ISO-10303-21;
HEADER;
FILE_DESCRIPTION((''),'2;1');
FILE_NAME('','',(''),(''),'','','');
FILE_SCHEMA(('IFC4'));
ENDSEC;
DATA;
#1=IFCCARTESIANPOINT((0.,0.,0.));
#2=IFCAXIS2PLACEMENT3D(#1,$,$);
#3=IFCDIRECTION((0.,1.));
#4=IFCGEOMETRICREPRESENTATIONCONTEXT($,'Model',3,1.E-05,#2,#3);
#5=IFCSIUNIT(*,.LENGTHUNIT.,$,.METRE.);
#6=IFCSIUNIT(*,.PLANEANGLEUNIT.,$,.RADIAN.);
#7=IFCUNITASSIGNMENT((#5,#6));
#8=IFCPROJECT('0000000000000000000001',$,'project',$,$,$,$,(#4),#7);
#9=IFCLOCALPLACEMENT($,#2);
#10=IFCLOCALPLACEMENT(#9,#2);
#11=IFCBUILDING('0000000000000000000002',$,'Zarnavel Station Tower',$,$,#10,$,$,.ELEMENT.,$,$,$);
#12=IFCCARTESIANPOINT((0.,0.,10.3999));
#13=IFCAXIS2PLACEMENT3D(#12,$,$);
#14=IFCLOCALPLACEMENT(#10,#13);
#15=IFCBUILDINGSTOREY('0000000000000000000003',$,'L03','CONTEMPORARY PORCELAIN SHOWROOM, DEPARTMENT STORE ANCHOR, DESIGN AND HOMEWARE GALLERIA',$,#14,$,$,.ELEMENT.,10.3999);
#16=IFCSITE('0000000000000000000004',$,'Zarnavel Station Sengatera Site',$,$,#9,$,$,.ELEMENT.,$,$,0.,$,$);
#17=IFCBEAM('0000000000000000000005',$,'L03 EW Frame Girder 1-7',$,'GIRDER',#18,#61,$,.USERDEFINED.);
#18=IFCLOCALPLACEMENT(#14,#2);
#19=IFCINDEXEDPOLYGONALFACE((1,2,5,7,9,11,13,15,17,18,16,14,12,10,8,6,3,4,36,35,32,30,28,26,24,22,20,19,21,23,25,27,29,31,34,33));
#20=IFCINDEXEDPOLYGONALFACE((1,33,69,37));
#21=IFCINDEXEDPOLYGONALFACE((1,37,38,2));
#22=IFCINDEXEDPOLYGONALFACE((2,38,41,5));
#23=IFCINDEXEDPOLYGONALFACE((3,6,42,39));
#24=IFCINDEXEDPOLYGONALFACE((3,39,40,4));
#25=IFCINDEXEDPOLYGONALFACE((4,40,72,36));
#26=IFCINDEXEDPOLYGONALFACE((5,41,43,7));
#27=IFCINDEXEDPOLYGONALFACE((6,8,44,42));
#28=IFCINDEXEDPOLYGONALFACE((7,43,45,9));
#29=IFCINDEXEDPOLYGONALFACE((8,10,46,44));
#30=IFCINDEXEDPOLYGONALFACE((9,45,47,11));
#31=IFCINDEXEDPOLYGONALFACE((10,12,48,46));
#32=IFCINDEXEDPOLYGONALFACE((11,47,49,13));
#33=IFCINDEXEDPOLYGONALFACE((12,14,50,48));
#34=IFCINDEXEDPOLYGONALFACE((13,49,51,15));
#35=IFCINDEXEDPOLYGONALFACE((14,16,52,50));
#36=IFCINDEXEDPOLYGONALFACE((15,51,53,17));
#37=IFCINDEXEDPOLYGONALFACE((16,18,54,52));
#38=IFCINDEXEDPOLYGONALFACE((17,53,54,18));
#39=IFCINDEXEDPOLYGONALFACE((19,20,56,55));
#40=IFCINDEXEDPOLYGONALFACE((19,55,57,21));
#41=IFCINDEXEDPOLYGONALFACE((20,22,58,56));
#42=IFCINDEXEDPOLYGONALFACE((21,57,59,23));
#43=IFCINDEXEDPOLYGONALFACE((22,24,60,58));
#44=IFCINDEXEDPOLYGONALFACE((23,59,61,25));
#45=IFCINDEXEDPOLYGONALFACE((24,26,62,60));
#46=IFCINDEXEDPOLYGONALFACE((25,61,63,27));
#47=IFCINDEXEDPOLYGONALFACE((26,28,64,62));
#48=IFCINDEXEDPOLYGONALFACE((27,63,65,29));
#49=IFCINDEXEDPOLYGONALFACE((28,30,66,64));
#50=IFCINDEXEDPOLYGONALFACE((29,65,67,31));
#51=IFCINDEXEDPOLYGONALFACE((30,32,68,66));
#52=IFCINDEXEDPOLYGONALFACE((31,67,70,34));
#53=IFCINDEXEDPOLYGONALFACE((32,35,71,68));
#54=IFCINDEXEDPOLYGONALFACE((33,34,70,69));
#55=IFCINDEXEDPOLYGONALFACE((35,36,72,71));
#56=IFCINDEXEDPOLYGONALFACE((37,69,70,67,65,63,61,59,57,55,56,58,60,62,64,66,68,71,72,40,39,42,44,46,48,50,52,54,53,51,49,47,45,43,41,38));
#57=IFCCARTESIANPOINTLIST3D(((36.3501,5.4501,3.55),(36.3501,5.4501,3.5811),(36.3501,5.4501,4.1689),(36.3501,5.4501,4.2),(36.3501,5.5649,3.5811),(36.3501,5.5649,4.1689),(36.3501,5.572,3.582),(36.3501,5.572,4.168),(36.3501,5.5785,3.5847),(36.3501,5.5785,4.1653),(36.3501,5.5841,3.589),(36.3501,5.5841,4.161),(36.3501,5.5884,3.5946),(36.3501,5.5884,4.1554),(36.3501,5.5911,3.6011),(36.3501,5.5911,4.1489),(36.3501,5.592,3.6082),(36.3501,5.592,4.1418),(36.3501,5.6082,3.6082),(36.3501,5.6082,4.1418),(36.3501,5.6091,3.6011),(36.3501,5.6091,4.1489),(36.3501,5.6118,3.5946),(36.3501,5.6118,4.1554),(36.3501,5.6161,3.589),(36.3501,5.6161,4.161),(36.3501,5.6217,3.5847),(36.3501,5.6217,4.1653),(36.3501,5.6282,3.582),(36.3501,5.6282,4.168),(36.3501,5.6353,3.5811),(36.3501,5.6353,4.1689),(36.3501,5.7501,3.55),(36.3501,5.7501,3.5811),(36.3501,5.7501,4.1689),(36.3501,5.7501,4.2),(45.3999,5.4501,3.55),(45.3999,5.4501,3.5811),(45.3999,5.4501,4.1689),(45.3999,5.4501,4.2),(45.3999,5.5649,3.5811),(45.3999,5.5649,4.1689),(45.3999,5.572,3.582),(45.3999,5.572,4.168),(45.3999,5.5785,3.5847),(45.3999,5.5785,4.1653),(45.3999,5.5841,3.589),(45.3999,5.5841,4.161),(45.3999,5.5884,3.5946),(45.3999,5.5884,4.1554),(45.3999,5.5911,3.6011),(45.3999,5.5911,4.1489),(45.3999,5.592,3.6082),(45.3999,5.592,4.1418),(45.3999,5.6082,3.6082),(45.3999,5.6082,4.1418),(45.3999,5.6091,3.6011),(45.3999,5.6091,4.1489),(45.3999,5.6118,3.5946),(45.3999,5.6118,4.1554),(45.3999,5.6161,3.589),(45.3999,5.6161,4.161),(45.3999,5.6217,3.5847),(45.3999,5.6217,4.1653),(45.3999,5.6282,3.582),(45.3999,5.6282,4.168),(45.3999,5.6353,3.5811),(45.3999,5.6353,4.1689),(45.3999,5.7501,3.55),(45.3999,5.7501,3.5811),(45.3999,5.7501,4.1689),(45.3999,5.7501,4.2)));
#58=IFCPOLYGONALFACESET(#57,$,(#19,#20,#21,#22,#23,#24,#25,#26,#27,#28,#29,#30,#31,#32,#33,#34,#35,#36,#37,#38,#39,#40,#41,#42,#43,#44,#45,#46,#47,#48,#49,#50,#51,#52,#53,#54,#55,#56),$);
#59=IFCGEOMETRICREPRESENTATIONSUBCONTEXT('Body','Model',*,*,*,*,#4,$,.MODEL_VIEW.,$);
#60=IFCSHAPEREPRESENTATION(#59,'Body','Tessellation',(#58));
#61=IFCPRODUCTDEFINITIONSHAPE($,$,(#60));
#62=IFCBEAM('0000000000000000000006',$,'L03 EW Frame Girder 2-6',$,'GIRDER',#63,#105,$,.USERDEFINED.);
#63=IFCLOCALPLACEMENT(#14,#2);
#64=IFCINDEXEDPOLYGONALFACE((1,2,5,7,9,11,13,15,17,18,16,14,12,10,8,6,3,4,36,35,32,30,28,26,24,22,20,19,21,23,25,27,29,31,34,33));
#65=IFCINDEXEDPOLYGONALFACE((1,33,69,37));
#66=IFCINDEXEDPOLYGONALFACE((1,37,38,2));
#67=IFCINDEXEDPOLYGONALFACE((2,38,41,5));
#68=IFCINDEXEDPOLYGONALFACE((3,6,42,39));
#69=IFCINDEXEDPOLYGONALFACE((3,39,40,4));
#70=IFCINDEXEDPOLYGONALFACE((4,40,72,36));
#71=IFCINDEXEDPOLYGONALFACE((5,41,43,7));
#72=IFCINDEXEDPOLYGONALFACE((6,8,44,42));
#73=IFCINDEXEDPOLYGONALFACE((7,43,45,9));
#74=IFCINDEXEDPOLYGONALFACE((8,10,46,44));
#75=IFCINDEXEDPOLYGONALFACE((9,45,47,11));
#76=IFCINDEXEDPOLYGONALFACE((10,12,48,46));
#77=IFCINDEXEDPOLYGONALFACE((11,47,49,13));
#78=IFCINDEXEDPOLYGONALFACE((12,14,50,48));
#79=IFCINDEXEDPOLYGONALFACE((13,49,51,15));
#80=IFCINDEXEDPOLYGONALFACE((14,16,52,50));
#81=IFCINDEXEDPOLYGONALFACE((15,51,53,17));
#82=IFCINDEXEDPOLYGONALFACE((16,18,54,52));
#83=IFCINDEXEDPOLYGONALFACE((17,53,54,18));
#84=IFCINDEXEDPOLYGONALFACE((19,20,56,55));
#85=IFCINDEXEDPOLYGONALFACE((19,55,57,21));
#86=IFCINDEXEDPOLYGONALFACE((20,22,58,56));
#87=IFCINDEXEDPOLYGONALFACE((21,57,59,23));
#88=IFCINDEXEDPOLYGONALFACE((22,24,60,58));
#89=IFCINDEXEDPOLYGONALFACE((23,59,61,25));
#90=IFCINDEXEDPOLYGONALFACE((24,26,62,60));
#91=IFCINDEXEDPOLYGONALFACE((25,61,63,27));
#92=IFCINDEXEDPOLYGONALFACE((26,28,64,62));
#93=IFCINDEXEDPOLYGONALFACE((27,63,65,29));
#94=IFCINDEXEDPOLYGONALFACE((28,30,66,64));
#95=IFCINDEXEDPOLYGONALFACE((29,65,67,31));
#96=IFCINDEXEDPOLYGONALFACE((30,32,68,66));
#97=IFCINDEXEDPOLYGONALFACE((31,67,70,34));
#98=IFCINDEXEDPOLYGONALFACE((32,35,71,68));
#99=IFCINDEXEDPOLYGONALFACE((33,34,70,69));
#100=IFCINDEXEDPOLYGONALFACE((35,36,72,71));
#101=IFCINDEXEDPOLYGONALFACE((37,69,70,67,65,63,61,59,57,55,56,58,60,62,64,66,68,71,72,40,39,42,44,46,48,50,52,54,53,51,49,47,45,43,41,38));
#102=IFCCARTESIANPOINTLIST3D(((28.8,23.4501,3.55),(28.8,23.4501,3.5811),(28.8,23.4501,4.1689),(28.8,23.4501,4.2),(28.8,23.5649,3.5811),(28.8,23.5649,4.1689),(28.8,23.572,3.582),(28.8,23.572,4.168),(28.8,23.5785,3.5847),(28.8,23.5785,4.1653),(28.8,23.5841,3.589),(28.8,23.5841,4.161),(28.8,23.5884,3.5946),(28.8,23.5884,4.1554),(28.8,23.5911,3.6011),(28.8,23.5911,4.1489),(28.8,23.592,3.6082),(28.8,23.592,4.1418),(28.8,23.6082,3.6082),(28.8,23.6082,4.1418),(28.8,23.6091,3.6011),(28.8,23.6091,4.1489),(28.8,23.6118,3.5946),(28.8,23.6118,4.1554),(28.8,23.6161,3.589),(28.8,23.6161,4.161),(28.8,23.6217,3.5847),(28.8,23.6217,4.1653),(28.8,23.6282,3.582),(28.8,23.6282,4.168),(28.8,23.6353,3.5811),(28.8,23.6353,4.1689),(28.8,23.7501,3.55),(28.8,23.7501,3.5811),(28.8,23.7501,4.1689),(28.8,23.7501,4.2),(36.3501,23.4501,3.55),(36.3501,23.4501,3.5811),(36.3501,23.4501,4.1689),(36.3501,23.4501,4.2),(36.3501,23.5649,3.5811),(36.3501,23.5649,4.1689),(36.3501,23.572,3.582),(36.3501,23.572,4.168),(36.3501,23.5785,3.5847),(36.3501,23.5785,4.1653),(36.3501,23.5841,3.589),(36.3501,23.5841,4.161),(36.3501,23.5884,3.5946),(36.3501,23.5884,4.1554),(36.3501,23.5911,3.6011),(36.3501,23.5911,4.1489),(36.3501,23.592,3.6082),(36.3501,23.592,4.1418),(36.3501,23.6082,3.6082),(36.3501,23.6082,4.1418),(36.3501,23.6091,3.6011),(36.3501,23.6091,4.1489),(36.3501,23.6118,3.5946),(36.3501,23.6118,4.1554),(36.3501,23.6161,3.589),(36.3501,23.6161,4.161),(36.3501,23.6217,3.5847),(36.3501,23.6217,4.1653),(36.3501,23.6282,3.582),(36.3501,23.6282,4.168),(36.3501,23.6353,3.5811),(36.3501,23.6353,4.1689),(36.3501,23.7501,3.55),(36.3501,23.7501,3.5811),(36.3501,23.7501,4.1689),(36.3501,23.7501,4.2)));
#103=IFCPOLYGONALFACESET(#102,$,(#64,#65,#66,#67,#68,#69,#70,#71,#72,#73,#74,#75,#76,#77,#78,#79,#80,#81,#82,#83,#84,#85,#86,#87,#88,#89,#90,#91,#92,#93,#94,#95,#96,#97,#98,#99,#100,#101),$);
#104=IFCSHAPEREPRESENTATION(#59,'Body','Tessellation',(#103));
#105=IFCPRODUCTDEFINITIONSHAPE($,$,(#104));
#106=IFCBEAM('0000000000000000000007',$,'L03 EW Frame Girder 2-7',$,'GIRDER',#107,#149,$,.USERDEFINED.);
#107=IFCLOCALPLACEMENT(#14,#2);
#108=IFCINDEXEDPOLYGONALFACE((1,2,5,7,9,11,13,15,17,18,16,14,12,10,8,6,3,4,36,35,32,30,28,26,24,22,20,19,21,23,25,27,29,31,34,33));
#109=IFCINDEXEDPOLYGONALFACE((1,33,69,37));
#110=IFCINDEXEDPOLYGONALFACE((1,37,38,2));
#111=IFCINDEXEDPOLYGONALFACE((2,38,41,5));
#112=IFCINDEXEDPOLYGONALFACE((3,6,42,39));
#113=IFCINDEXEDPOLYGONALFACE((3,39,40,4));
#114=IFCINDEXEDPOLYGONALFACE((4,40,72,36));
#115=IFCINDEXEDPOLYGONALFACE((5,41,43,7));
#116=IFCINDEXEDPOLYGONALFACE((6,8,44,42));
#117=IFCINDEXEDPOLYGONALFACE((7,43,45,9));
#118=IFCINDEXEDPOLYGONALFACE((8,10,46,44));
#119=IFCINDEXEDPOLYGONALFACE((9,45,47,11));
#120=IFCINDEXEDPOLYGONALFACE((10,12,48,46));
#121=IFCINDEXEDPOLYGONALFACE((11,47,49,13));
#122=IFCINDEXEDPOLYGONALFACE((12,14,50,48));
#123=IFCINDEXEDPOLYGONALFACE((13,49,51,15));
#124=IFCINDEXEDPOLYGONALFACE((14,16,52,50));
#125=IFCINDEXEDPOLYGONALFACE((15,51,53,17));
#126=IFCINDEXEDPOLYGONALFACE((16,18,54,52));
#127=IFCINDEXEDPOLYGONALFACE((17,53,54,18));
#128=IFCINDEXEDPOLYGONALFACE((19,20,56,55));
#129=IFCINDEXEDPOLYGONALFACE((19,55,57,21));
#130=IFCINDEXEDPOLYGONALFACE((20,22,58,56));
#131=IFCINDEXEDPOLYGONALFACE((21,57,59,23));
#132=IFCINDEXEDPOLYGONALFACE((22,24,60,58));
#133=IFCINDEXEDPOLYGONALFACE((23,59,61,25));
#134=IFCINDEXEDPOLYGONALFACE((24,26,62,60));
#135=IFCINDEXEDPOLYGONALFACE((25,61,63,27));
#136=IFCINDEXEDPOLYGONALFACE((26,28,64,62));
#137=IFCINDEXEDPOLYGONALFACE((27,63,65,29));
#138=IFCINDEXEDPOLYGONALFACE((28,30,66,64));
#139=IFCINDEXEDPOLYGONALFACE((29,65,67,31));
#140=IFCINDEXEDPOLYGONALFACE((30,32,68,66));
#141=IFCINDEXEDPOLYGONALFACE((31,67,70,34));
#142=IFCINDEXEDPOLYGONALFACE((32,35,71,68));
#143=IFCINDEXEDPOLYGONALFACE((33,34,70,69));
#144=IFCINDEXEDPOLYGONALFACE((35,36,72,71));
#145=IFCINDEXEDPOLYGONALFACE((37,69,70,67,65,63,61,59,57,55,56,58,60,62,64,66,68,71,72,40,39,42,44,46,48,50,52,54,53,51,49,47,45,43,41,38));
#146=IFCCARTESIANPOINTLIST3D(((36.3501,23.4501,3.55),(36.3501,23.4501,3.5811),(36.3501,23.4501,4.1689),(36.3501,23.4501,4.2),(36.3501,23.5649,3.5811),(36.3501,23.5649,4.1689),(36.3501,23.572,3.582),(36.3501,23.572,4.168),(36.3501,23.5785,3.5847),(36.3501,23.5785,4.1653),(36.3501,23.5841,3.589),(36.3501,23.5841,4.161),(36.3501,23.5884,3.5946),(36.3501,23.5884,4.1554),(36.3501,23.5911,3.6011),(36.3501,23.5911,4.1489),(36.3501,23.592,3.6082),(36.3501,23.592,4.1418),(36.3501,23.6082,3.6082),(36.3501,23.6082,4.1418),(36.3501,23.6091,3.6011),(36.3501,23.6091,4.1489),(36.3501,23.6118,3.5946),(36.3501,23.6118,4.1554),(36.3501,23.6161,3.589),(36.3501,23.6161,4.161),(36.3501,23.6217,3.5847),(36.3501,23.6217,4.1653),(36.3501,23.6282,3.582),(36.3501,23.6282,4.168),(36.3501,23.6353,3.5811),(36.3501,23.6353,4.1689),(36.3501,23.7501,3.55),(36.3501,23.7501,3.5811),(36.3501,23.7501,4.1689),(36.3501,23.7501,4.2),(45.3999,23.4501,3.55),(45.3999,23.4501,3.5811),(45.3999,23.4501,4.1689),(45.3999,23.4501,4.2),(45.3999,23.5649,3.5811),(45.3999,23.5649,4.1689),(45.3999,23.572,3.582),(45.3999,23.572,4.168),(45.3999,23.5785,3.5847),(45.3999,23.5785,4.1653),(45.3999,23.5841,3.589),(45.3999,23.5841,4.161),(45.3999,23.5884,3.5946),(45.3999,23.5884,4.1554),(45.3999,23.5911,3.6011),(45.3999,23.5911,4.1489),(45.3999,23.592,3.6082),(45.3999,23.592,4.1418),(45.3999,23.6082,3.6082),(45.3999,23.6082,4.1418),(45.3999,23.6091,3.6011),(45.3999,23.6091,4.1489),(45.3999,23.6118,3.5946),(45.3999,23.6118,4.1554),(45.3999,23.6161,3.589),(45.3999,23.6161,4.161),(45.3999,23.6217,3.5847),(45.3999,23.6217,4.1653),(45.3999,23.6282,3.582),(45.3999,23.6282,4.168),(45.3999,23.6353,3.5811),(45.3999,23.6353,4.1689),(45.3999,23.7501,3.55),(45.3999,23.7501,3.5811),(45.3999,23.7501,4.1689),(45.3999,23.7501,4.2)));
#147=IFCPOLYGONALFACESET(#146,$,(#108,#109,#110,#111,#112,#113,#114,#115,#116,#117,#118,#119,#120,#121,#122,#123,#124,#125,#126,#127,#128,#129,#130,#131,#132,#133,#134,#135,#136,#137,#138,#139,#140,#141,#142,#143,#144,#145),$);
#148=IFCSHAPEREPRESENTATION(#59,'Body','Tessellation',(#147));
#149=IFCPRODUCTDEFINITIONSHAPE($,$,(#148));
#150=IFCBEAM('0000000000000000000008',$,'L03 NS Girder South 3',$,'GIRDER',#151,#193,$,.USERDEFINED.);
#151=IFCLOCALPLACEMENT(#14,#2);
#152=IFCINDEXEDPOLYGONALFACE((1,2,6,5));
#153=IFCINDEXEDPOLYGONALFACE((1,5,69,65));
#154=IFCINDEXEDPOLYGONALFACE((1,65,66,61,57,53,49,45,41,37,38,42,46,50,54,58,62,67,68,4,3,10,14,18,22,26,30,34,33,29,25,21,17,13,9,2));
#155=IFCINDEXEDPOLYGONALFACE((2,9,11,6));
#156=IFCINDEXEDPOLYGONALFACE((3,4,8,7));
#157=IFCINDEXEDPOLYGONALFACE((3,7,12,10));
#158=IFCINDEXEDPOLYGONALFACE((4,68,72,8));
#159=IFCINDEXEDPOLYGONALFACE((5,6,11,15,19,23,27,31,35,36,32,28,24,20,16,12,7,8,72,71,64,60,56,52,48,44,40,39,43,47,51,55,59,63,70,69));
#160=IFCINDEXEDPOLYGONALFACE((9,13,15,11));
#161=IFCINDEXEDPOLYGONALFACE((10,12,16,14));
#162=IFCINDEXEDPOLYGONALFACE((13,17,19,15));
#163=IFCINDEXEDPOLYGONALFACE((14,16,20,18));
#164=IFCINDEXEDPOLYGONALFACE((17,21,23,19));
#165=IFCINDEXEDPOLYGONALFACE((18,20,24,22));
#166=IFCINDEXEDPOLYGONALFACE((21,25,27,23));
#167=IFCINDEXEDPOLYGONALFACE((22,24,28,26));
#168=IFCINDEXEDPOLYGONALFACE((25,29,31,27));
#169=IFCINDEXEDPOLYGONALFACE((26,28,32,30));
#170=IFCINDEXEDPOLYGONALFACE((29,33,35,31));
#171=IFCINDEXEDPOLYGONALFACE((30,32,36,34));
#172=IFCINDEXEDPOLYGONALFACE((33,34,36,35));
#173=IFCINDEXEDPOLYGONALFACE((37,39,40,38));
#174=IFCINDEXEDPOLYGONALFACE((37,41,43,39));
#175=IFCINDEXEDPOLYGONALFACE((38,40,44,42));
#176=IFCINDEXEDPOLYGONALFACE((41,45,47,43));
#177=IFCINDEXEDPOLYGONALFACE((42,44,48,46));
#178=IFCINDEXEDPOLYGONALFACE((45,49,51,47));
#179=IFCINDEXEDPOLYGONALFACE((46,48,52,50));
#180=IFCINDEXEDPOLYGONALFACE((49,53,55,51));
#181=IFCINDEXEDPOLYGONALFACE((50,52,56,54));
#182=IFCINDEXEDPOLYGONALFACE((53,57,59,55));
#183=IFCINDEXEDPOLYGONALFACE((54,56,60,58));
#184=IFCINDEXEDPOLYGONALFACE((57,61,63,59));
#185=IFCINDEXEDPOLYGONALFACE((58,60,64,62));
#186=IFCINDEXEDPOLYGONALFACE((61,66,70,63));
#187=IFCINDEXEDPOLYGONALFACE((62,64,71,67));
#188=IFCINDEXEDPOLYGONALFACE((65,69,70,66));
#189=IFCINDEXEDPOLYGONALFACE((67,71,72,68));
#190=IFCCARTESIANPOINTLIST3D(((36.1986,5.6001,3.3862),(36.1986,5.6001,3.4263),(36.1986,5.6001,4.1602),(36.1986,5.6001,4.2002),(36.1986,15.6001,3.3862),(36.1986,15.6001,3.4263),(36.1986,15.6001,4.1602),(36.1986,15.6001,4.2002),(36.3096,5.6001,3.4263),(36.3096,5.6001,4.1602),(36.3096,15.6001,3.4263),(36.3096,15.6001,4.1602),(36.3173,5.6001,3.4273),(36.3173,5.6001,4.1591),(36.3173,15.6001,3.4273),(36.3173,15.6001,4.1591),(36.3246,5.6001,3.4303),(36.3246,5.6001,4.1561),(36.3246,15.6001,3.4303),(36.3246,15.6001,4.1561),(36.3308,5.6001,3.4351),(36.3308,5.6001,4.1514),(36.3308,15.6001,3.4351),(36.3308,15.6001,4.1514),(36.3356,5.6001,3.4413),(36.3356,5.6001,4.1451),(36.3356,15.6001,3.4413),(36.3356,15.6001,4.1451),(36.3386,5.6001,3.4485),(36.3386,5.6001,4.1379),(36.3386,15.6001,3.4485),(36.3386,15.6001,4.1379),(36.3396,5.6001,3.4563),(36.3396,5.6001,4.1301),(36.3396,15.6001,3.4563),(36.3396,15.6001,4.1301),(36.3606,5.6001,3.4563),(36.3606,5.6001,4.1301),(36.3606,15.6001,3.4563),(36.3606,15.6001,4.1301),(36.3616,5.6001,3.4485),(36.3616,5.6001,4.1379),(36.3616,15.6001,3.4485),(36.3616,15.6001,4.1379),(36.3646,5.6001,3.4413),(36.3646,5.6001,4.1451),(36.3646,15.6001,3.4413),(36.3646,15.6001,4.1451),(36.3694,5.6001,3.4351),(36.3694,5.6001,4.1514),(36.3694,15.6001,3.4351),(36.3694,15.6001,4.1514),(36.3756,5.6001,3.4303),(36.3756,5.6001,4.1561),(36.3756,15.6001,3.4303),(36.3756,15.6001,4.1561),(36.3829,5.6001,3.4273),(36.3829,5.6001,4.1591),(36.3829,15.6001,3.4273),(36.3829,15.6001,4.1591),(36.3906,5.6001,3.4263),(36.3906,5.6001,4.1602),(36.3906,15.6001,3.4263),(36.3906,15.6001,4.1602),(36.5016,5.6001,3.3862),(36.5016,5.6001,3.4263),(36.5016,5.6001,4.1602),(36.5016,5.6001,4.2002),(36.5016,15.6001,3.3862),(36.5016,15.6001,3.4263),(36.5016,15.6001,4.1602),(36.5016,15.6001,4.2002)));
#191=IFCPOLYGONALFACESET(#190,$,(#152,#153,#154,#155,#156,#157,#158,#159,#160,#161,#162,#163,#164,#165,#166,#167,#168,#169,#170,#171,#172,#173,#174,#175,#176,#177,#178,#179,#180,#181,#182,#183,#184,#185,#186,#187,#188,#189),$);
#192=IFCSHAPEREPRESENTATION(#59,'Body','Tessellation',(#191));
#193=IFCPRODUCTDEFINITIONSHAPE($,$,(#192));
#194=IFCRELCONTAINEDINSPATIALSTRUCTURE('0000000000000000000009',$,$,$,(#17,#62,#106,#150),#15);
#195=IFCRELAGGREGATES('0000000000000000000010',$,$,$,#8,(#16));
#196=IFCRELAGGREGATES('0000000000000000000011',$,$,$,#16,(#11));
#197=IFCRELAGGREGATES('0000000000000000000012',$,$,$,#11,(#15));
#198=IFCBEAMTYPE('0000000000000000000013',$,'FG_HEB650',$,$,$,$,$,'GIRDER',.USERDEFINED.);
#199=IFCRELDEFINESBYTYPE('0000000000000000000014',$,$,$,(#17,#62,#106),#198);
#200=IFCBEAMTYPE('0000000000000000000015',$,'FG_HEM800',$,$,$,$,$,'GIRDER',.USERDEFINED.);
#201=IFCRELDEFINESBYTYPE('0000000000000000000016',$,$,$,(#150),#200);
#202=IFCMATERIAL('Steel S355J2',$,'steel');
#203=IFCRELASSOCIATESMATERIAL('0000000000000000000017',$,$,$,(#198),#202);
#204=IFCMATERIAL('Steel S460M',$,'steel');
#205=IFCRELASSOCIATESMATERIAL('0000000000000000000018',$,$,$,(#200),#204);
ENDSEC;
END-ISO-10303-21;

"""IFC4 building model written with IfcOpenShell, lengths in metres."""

from ifc_helpers import new_model, si_unit, direction, frame, origin, origin_2d, place, context, subcontext, project, spatial, i_section, extrude, material, material_profile, profile_set, type_object, element, save


model = new_model("IFC4")

# Units and contexts
model_context = context("Model", 3, precision=1e-05, world=origin(), true_north=direction((0.0, 1.0)))
body_context = subcontext(model_context, "Body", "Model", "MODEL_VIEW")
ifc_project = project(units=[si_unit("LENGTHUNIT", "METRE"), si_unit("PLANEANGLEUNIT", "RADIAN")], contexts=[model_context])

# Site, building, storey
site_placement = place(None, origin())
site = spatial("IfcSite", under=ifc_project, at=site_placement, Name="Zarnavel Station Sengatera Site", CompositionType="ELEMENT", RefElevation=0.0)
building_placement = place(site_placement, origin())
building = spatial("IfcBuilding", under=site, at=building_placement, Name="Zarnavel Station Tower", CompositionType="ELEMENT")
storey_placement = place(building_placement, frame((0.0, 0.0, 10.3999)))
storey = spatial("IfcBuildingStorey", under=building, at=storey_placement, Name="L03", Description="CONTEMPORARY PORCELAIN SHOWROOM, DEPARTMENT STORE ANCHOR, DESIGN AND HOMEWARE GALLERIA", CompositionType="ELEMENT", Elevation=10.3999)

# Beams
ifc_material_1 = material(Name="Steel S355J2", Category="steel")
ifc_material_profile_1 = material_profile(ifc_material_1, i_section(OverallWidth=0.3, OverallDepth=0.6499, WebThickness=0.0161, FlangeThickness=0.031, FilletRadius=0.0271, at=origin_2d()), Name="HEB650")
ifc_profile_set_1 = profile_set([ifc_material_profile_1], Name="Steel S355J2")
beam_type_1 = type_object("IfcBeamType", Name="FG_HEB650", ElementType="GIRDER", PredefinedType="USERDEFINED", material=ifc_profile_set_1)
beam_1_placement = place(storey_placement, frame((36.3501, 5.6001, 3.875), z_axis=(1.0, 0.0, 0.0), x_axis=(0.0, 1.0, 0.0)))
element("IfcBeam", 1, at=beam_1_placement, inside=storey, type_object=beam_type_1, Name="L03 EW Frame Girder 1-7", ObjectType="GIRDER", PredefinedType="USERDEFINED", context=body_context, shape_type="SweptSolid", body=[
    extrude(i_section(OverallWidth=0.3, OverallDepth=0.6499, WebThickness=0.0161, FlangeThickness=0.031, FilletRadius=0.0271, at=origin_2d()), origin(), (0.0, 0.0, 1.0), 9.0498),
])
beam_2_placement = place(storey_placement, frame((28.8, 23.6001, 3.875), z_axis=(1.0, 0.0, 0.0), x_axis=(0.0, 1.0, 0.0)))
element("IfcBeam", 2, at=beam_2_placement, inside=storey, type_object=beam_type_1, Name="L03 EW Frame Girder 2-6", ObjectType="GIRDER", PredefinedType="USERDEFINED", context=body_context, shape_type="SweptSolid", body=[
    extrude(i_section(OverallWidth=0.3, OverallDepth=0.6499, WebThickness=0.0161, FlangeThickness=0.031, FilletRadius=0.0271, at=origin_2d()), origin(), (0.0, 0.0, 1.0), 7.55),
])
beam_3_placement = place(storey_placement, frame((36.3501, 23.6001, 3.875), z_axis=(1.0, 0.0, 0.0), x_axis=(0.0, 1.0, 0.0)))
element("IfcBeam", 3, at=beam_3_placement, inside=storey, type_object=beam_type_1, Name="L03 EW Frame Girder 2-7", ObjectType="GIRDER", PredefinedType="USERDEFINED", context=body_context, shape_type="SweptSolid", body=[
    extrude(i_section(OverallWidth=0.3, OverallDepth=0.6499, WebThickness=0.0161, FlangeThickness=0.031, FilletRadius=0.0271, at=origin_2d()), origin(), (0.0, 0.0, 1.0), 9.0498),
])
ifc_material_2 = material(Name="Steel S460M", Category="steel")
ifc_material_profile_2 = material_profile(ifc_material_2, i_section(OverallWidth=0.303, OverallDepth=0.814, WebThickness=0.021, FlangeThickness=0.04, FilletRadius=0.03, at=origin_2d()), Name="HEM800")
ifc_profile_set_2 = profile_set([ifc_material_profile_2], Name="Steel S460M")
beam_type_2 = type_object("IfcBeamType", Name="FG_HEM800", ElementType="GIRDER", PredefinedType="USERDEFINED", material=ifc_profile_set_2)
beam_4_placement = place(storey_placement, frame((36.3501, 5.6001, 3.7932), z_axis=(0.0, 1.0, 0.0), x_axis=(-1.0, 0.0, 0.0)))
element("IfcBeam", 4, at=beam_4_placement, inside=storey, type_object=beam_type_2, Name="L03 NS Girder South 3", ObjectType="GIRDER", PredefinedType="USERDEFINED", context=body_context, shape_type="SweptSolid", body=[
    extrude(i_section(OverallWidth=0.303, OverallDepth=0.814, WebThickness=0.021, FlangeThickness=0.04, FilletRadius=0.03, at=origin_2d()), origin(), (0.0, 0.0, 1.0), 10.0),
])

save(model, "model.ifc")
